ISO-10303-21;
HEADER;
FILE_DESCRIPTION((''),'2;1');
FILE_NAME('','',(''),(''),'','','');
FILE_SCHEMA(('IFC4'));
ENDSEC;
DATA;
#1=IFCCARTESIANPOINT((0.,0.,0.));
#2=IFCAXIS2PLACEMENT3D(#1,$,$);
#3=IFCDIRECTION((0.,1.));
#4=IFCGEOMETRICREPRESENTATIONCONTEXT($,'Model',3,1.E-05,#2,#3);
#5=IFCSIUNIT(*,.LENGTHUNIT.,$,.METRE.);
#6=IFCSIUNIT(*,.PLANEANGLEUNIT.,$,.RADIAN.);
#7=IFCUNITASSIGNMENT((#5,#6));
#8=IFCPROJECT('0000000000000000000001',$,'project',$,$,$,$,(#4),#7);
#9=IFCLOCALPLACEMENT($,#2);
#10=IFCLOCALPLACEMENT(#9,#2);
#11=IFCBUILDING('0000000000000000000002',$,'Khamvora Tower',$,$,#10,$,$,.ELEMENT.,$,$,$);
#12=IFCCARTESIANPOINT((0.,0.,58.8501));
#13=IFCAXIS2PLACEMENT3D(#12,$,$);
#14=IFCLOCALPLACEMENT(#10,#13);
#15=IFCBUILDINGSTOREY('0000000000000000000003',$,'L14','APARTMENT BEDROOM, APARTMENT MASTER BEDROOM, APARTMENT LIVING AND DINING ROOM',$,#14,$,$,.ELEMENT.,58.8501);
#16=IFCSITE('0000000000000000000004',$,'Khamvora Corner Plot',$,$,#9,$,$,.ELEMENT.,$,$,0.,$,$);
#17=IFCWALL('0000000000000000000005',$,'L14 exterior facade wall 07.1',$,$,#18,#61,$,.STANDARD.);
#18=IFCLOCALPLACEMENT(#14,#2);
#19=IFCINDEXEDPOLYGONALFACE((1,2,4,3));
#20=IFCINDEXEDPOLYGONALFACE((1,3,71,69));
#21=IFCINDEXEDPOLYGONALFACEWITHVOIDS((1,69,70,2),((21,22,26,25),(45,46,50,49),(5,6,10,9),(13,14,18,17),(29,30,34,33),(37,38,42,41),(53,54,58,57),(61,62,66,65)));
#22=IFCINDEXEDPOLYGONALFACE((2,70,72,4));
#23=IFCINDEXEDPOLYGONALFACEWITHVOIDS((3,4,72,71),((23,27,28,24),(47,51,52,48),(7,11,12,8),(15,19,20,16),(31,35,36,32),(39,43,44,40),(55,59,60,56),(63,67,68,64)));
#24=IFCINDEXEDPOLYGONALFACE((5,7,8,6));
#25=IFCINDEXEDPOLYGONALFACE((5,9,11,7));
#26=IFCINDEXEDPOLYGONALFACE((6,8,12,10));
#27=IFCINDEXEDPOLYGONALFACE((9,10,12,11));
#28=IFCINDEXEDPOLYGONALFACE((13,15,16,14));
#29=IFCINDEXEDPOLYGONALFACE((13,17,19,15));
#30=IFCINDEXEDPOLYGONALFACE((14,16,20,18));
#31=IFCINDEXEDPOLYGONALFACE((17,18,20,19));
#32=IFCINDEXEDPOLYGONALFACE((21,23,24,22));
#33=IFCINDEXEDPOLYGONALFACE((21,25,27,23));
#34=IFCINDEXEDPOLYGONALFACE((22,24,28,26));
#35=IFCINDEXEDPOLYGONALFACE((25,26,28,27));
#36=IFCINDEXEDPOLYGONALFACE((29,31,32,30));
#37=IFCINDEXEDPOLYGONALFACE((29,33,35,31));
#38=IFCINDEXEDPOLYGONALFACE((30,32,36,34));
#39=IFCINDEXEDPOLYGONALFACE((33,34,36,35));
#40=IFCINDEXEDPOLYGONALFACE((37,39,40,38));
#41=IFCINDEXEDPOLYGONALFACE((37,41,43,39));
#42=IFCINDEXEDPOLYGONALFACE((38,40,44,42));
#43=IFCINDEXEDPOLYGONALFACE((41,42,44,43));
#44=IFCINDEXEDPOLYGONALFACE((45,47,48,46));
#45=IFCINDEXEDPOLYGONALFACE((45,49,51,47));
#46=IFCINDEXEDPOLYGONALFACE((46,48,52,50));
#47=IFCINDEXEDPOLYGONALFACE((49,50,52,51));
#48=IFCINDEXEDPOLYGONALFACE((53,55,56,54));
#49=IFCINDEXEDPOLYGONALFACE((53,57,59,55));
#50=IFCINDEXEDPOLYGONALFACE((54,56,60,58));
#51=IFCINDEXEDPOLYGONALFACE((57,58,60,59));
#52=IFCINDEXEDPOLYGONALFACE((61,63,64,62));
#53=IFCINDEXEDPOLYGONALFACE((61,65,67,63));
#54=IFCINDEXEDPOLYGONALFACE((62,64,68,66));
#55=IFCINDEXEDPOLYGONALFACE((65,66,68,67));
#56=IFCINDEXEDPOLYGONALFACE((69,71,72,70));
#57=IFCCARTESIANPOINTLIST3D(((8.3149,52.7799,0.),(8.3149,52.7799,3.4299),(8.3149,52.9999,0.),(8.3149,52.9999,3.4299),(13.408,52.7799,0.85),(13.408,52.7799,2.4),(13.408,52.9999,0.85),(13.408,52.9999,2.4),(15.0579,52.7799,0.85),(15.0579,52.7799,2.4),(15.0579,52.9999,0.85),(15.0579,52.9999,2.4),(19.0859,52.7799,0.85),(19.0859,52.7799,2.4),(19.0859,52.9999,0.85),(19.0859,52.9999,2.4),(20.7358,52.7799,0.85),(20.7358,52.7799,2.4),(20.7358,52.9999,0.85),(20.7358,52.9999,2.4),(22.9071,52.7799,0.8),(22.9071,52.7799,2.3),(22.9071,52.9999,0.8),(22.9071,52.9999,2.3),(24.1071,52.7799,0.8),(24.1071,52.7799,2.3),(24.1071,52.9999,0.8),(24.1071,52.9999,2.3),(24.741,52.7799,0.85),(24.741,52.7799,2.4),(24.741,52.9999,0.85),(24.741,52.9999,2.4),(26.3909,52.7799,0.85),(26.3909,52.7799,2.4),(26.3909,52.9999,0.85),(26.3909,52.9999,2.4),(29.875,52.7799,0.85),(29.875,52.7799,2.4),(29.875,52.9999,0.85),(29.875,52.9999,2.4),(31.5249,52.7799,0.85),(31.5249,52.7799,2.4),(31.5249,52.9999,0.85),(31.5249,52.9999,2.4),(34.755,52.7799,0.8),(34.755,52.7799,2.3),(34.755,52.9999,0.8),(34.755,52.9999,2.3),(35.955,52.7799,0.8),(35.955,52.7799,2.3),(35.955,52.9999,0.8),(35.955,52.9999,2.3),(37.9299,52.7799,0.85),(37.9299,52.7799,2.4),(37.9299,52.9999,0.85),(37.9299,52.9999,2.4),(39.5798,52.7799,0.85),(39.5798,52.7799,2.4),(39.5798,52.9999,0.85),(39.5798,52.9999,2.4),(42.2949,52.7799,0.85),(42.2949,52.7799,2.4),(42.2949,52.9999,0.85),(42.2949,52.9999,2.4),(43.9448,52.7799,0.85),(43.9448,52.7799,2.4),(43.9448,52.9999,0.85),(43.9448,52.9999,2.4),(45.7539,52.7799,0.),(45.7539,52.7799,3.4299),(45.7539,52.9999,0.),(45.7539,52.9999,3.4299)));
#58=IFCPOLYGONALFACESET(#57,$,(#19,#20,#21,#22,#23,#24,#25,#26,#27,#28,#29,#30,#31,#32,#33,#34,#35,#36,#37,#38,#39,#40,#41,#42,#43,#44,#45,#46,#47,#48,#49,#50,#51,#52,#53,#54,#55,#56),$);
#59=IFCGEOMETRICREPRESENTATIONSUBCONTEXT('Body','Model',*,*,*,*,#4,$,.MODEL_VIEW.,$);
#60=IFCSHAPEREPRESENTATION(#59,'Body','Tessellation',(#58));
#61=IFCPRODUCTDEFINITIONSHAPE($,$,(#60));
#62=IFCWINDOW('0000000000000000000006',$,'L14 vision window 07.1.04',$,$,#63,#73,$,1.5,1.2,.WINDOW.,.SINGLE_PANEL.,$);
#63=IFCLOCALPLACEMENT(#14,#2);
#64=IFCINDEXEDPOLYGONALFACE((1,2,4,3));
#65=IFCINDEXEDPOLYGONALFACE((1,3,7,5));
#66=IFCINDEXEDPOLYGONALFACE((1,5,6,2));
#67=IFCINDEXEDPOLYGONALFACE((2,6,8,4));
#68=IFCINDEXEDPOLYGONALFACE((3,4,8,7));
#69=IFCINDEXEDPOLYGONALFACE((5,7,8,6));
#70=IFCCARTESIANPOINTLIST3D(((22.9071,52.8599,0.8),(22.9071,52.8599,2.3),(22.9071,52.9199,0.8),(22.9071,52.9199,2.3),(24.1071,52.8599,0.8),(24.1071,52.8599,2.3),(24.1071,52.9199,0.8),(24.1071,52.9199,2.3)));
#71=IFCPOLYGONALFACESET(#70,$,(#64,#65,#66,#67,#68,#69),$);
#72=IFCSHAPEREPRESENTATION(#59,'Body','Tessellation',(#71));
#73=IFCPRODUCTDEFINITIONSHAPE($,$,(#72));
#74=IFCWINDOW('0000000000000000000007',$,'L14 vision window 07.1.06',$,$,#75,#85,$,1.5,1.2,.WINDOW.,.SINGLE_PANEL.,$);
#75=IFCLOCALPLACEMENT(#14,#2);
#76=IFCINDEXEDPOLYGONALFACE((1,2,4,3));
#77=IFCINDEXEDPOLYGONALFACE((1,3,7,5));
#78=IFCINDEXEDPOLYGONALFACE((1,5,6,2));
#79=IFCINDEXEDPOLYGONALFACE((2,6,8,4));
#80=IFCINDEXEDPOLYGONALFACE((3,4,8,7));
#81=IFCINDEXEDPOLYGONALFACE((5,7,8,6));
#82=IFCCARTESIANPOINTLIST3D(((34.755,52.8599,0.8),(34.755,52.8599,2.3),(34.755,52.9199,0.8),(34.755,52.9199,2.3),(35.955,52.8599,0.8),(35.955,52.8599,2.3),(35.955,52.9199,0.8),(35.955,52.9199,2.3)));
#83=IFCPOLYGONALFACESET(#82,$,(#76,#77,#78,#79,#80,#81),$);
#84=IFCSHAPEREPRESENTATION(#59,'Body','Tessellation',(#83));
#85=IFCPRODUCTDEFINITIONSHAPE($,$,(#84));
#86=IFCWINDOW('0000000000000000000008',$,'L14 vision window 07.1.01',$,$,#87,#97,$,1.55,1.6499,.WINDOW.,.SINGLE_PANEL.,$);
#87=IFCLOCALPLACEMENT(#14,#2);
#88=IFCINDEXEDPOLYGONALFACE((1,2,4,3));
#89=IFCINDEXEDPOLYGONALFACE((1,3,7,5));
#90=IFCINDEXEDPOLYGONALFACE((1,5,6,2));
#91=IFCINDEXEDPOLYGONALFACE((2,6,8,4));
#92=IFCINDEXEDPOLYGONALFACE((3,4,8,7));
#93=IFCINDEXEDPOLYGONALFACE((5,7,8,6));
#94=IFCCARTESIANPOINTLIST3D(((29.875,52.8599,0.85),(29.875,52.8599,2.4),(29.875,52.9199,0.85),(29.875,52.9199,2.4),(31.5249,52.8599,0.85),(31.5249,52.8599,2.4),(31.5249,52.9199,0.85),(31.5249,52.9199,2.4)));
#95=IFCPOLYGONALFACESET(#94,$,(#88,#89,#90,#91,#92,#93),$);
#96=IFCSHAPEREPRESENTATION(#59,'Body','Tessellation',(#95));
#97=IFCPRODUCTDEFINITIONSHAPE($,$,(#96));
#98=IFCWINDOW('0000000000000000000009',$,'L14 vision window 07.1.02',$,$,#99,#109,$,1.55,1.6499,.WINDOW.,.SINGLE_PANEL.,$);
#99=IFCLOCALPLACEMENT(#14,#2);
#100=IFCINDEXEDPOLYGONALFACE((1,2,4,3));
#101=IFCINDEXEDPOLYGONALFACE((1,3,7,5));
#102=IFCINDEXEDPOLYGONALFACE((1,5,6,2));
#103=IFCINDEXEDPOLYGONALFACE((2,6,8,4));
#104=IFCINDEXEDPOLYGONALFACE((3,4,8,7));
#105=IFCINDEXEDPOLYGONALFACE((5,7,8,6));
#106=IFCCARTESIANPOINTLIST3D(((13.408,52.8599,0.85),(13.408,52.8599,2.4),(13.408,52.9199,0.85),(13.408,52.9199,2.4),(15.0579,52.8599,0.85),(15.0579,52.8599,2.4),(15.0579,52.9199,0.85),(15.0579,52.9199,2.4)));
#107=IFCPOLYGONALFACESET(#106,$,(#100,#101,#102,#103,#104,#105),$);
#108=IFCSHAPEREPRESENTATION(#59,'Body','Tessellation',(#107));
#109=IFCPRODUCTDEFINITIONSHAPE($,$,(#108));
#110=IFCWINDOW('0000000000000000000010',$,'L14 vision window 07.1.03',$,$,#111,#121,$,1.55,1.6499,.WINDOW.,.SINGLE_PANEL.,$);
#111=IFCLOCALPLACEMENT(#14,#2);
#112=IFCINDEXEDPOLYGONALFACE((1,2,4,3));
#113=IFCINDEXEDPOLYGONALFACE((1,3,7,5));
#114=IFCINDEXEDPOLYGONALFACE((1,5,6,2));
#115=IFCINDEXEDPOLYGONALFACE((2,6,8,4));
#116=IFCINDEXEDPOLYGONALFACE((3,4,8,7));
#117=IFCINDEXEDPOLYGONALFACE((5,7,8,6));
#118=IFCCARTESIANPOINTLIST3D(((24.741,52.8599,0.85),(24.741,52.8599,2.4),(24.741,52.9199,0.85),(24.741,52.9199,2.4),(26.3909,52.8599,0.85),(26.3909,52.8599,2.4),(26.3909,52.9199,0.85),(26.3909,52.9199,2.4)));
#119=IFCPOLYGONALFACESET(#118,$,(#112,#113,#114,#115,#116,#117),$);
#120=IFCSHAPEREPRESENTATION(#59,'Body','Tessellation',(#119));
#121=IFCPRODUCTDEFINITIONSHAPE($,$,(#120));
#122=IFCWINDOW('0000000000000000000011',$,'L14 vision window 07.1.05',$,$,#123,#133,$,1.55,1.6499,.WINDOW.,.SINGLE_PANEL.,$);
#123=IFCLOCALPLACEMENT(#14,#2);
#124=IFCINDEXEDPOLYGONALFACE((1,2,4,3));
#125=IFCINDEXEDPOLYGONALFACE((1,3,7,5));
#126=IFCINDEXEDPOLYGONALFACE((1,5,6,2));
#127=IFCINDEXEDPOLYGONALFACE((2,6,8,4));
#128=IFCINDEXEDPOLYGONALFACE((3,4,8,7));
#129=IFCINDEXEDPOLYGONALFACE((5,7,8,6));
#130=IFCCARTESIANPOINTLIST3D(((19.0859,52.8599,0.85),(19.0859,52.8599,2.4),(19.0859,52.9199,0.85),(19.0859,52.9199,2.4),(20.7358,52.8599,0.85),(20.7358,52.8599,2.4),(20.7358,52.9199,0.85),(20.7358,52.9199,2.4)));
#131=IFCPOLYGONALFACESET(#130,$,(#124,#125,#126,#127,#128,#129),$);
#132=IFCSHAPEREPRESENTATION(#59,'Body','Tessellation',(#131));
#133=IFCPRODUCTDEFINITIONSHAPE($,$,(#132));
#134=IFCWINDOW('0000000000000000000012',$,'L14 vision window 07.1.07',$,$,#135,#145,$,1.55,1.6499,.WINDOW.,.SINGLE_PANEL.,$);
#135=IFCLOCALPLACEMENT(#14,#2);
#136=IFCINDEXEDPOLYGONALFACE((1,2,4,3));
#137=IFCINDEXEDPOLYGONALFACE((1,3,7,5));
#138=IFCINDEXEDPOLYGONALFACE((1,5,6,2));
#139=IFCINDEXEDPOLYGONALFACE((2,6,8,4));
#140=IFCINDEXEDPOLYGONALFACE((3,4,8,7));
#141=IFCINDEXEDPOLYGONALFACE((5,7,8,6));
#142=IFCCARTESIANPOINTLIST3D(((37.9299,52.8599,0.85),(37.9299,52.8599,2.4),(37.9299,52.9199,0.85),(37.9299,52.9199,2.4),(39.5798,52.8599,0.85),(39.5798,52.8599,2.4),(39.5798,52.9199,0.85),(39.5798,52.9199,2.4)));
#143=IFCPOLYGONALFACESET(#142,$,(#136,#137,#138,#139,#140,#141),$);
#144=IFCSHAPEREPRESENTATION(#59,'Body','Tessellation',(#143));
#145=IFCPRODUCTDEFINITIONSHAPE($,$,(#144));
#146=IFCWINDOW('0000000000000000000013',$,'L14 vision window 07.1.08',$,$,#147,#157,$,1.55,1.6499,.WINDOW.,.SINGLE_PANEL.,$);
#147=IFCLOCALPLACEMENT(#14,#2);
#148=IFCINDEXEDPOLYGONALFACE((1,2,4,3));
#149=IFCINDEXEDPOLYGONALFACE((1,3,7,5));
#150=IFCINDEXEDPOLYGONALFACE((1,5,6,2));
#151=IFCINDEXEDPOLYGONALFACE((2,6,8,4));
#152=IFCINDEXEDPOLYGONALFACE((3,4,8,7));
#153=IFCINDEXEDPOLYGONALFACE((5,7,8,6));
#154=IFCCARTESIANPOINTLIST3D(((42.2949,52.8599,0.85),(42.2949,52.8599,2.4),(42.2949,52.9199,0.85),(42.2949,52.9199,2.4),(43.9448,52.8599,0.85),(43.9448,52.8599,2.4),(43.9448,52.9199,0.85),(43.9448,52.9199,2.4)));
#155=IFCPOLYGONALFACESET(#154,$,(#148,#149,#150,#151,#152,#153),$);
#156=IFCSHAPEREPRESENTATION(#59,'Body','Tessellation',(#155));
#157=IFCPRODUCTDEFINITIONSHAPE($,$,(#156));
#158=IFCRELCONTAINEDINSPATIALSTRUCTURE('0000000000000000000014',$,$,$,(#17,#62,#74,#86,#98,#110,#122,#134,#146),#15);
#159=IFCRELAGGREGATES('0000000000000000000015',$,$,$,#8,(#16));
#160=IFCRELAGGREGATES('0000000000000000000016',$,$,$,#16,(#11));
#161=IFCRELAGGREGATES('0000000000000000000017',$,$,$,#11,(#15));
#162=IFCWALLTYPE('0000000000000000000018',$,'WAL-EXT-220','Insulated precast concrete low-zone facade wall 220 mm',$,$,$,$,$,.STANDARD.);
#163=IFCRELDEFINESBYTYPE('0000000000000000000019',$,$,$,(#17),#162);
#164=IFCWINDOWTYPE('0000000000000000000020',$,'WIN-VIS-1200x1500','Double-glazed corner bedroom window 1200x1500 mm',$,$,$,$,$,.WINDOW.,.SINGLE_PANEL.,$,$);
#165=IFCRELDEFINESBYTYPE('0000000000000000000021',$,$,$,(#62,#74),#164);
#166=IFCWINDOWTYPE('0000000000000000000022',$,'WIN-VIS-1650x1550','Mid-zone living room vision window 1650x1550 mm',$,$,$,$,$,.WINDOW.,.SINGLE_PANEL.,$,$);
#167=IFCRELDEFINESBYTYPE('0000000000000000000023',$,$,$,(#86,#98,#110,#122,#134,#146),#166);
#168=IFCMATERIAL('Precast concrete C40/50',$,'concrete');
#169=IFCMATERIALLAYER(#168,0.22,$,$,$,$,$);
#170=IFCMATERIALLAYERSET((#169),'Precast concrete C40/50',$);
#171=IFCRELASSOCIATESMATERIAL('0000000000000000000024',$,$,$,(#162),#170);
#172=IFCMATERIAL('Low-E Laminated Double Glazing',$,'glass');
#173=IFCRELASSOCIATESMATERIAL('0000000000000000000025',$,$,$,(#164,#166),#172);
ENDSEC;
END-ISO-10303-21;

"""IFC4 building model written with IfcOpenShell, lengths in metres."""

from ifc_helpers import new_model, si_unit, direction, frame, frame_2d, origin, place, context, subcontext, project, spatial, rectangle, extrude, material, layer, layer_set, type_object, element, fill, save


model = new_model("IFC4")

# Units and contexts
model_context = context("Model", 3, precision=1e-05, world=origin(), true_north=direction((0.0, 1.0)))
body_context = subcontext(model_context, "Body", "Model", "MODEL_VIEW")
ifc_project = project(units=[si_unit("LENGTHUNIT", "METRE"), si_unit("PLANEANGLEUNIT", "RADIAN")], contexts=[model_context])

# Site, building, storey
site_placement = place(None, origin())
site = spatial("IfcSite", under=ifc_project, at=site_placement, Name="Khamvora Corner Plot", CompositionType="ELEMENT", RefElevation=0.0)
building_placement = place(site_placement, origin())
building = spatial("IfcBuilding", under=site, at=building_placement, Name="Khamvora Tower", CompositionType="ELEMENT")
storey_placement = place(building_placement, frame((0.0, 0.0, 58.8501)))
storey = spatial("IfcBuildingStorey", under=building, at=storey_placement, Name="L14", Description="APARTMENT BEDROOM, APARTMENT MASTER BEDROOM, APARTMENT LIVING AND DINING ROOM", CompositionType="ELEMENT", Elevation=58.8501)

# Shared definitions
ifc_material_1 = material(Name="Precast concrete C40/50", Category="concrete")
ifc_layer_1 = layer(ifc_material_1, 0.22)
ifc_layer_set_1 = layer_set([ifc_layer_1], Name="Precast concrete C40/50")
wall_type_1 = type_object("IfcWallType", Name="WAL-EXT-220", Description="Insulated precast concrete low-zone facade wall 220 mm", PredefinedType="STANDARD", material=ifc_layer_set_1)

# Wall, openings, windows
wall_1_placement = place(storey_placement, frame((8.3149, 52.8899, 0.0), z_axis=(0.0, 0.0, 1.0), x_axis=(1.0, 0.0, 0.0)))
wall_1 = element("IfcWall", 1, at=wall_1_placement, inside=storey, type_object=wall_type_1, Name="L14 exterior facade wall 07.1", PredefinedType="STANDARD", context=body_context, shape_type="SweptSolid", body=[
    extrude(rectangle(XDim=37.439, YDim=0.22, at=frame_2d((18.7195, 0.0))), origin(), (0.0, 0.0, 1.0), 3.4299),
])
opening_1_placement = place(wall_1_placement, frame((21.5601, 0.0, 0.8501)))
opening_1 = element("IfcOpeningElement", 2, at=opening_1_placement, cuts=wall_1, PredefinedType="OPENING", context=body_context, shape_type="SweptSolid", body=[
    extrude(rectangle(XDim=1.6499, YDim=1.55, at=frame_2d((0.825, 0.7749))), frame((0.0, 0.1199, 0.0), z_axis=(0.0, -1.0, 0.0), x_axis=(1.0, 0.0, 0.0)), (0.0, 0.0, 1.0), 0.24),
])
opening_2_placement = place(wall_1_placement, frame((5.093, 0.0, 0.8501)))
opening_2 = element("IfcOpeningElement", 3, at=opening_2_placement, cuts=wall_1, PredefinedType="OPENING", context=body_context, shape_type="SweptSolid", body=[
    extrude(rectangle(XDim=1.6499, YDim=1.55, at=frame_2d((0.825, 0.7749))), frame((0.0, 0.1199, 0.0), z_axis=(0.0, -1.0, 0.0), x_axis=(1.0, 0.0, 0.0)), (0.0, 0.0, 1.0), 0.24),
])
opening_3_placement = place(wall_1_placement, frame((16.426, 0.0, 0.8501)))
opening_3 = element("IfcOpeningElement", 4, at=opening_3_placement, cuts=wall_1, PredefinedType="OPENING", context=body_context, shape_type="SweptSolid", body=[
    extrude(rectangle(XDim=1.6499, YDim=1.55, at=frame_2d((0.825, 0.7749))), frame((0.0, 0.1199, 0.0), z_axis=(0.0, -1.0, 0.0), x_axis=(1.0, 0.0, 0.0)), (0.0, 0.0, 1.0), 0.24),
])
opening_4_placement = place(wall_1_placement, frame((14.592, 0.0, 0.8)))
opening_4 = element("IfcOpeningElement", 5, at=opening_4_placement, cuts=wall_1, PredefinedType="OPENING", context=body_context, shape_type="SweptSolid", body=[
    extrude(rectangle(XDim=1.2, YDim=1.5, at=frame_2d((0.6001, 0.75))), frame((0.0, 0.1199, 0.0), z_axis=(0.0, -1.0, 0.0), x_axis=(1.0, 0.0, 0.0)), (0.0, 0.0, 1.0), 0.24),
])
opening_5_placement = place(wall_1_placement, frame((10.771, 0.0, 0.8501)))
opening_5 = element("IfcOpeningElement", 6, at=opening_5_placement, cuts=wall_1, PredefinedType="OPENING", context=body_context, shape_type="SweptSolid", body=[
    extrude(rectangle(XDim=1.6499, YDim=1.55, at=frame_2d((0.825, 0.7749))), frame((0.0, 0.1199, 0.0), z_axis=(0.0, -1.0, 0.0), x_axis=(1.0, 0.0, 0.0)), (0.0, 0.0, 1.0), 0.24),
])
opening_6_placement = place(wall_1_placement, frame((26.4399, 0.0, 0.8)))
opening_6 = element("IfcOpeningElement", 7, at=opening_6_placement, cuts=wall_1, PredefinedType="OPENING", context=body_context, shape_type="SweptSolid", body=[
    extrude(rectangle(XDim=1.2, YDim=1.5, at=frame_2d((0.6001, 0.75))), frame((0.0, 0.1199, 0.0), z_axis=(0.0, -1.0, 0.0), x_axis=(1.0, 0.0, 0.0)), (0.0, 0.0, 1.0), 0.24),
])
opening_7_placement = place(wall_1_placement, frame((29.615, 0.0, 0.8501)))
opening_7 = element("IfcOpeningElement", 8, at=opening_7_placement, cuts=wall_1, PredefinedType="OPENING", context=body_context, shape_type="SweptSolid", body=[
    extrude(rectangle(XDim=1.6499, YDim=1.55, at=frame_2d((0.825, 0.7749))), frame((0.0, 0.1199, 0.0), z_axis=(0.0, -1.0, 0.0), x_axis=(1.0, 0.0, 0.0)), (0.0, 0.0, 1.0), 0.24),
])
opening_8_placement = place(wall_1_placement, frame((33.98, 0.0, 0.8501)))
opening_8 = element("IfcOpeningElement", 9, at=opening_8_placement, cuts=wall_1, PredefinedType="OPENING", context=body_context, shape_type="SweptSolid", body=[
    extrude(rectangle(XDim=1.6499, YDim=1.55, at=frame_2d((0.825, 0.7749))), frame((0.0, 0.1199, 0.0), z_axis=(0.0, -1.0, 0.0), x_axis=(1.0, 0.0, 0.0)), (0.0, 0.0, 1.0), 0.24),
])
ifc_material_2 = material(Name="Low-E Laminated Double Glazing", Category="glass")
window_type_1 = type_object("IfcWindowType", Name="WIN-VIS-1200x1500", Description="Double-glazed corner bedroom window 1200x1500 mm", PartitioningType="SINGLE_PANEL", PredefinedType="WINDOW", material=ifc_material_2)
window_1_placement = place(opening_4_placement, origin())
window_1 = element("IfcWindow", 10, at=window_1_placement, inside=storey, type_object=window_type_1, Name="L14 vision window 07.1.04", OverallHeight=1.5, OverallWidth=1.2, PartitioningType="SINGLE_PANEL", PredefinedType="WINDOW", context=body_context, shape_type="SweptSolid", body=[
    extrude(rectangle(XDim=1.2, YDim=1.5, at=frame_2d((0.6001, 0.75))), frame((0.0, 0.03, 0.0), z_axis=(0.0, -1.0, 0.0), x_axis=(1.0, 0.0, 0.0)), (0.0, 0.0, 1.0), 0.0601),
])
fill(opening_4, window_1)
window_2_placement = place(opening_6_placement, origin())
window_2 = element("IfcWindow", 11, at=window_2_placement, inside=storey, type_object=window_type_1, Name="L14 vision window 07.1.06", OverallHeight=1.5, OverallWidth=1.2, PartitioningType="SINGLE_PANEL", PredefinedType="WINDOW", context=body_context, shape_type="SweptSolid", body=[
    extrude(rectangle(XDim=1.2, YDim=1.5, at=frame_2d((0.6001, 0.75))), frame((0.0, 0.03, 0.0), z_axis=(0.0, -1.0, 0.0), x_axis=(1.0, 0.0, 0.0)), (0.0, 0.0, 1.0), 0.0601),
])
fill(opening_6, window_2)
window_type_2 = type_object("IfcWindowType", Name="WIN-VIS-1650x1550", Description="Mid-zone living room vision window 1650x1550 mm", PartitioningType="SINGLE_PANEL", PredefinedType="WINDOW", material=ifc_material_2)
window_3_placement = place(opening_1_placement, origin())
window_3 = element("IfcWindow", 12, at=window_3_placement, inside=storey, type_object=window_type_2, Name="L14 vision window 07.1.01", OverallHeight=1.55, OverallWidth=1.6499, PartitioningType="SINGLE_PANEL", PredefinedType="WINDOW", context=body_context, shape_type="SweptSolid", body=[
    extrude(rectangle(XDim=1.6499, YDim=1.55, at=frame_2d((0.825, 0.7749))), frame((0.0, 0.03, 0.0), z_axis=(0.0, -1.0, 0.0), x_axis=(1.0, 0.0, 0.0)), (0.0, 0.0, 1.0), 0.0601),
])
fill(opening_1, window_3)
window_4_placement = place(opening_2_placement, origin())
window_4 = element("IfcWindow", 13, at=window_4_placement, inside=storey, type_object=window_type_2, Name="L14 vision window 07.1.02", OverallHeight=1.55, OverallWidth=1.6499, PartitioningType="SINGLE_PANEL", PredefinedType="WINDOW", context=body_context, shape_type="SweptSolid", body=[
    extrude(rectangle(XDim=1.6499, YDim=1.55, at=frame_2d((0.825, 0.7749))), frame((0.0, 0.03, 0.0), z_axis=(0.0, -1.0, 0.0), x_axis=(1.0, 0.0, 0.0)), (0.0, 0.0, 1.0), 0.0601),
])
fill(opening_2, window_4)
window_5_placement = place(opening_3_placement, origin())
window_5 = element("IfcWindow", 14, at=window_5_placement, inside=storey, type_object=window_type_2, Name="L14 vision window 07.1.03", OverallHeight=1.55, OverallWidth=1.6499, PartitioningType="SINGLE_PANEL", PredefinedType="WINDOW", context=body_context, shape_type="SweptSolid", body=[
    extrude(rectangle(XDim=1.6499, YDim=1.55, at=frame_2d((0.825, 0.7749))), frame((0.0, 0.03, 0.0), z_axis=(0.0, -1.0, 0.0), x_axis=(1.0, 0.0, 0.0)), (0.0, 0.0, 1.0), 0.0601),
])
fill(opening_3, window_5)
window_6_placement = place(opening_5_placement, origin())
window_6 = element("IfcWindow", 15, at=window_6_placement, inside=storey, type_object=window_type_2, Name="L14 vision window 07.1.05", OverallHeight=1.55, OverallWidth=1.6499, PartitioningType="SINGLE_PANEL", PredefinedType="WINDOW", context=body_context, shape_type="SweptSolid", body=[
    extrude(rectangle(XDim=1.6499, YDim=1.55, at=frame_2d((0.825, 0.7749))), frame((0.0, 0.03, 0.0), z_axis=(0.0, -1.0, 0.0), x_axis=(1.0, 0.0, 0.0)), (0.0, 0.0, 1.0), 0.0601),
])
fill(opening_5, window_6)
window_7_placement = place(opening_7_placement, origin())
window_7 = element("IfcWindow", 16, at=window_7_placement, inside=storey, type_object=window_type_2, Name="L14 vision window 07.1.07", OverallHeight=1.55, OverallWidth=1.6499, PartitioningType="SINGLE_PANEL", PredefinedType="WINDOW", context=body_context, shape_type="SweptSolid", body=[
    extrude(rectangle(XDim=1.6499, YDim=1.55, at=frame_2d((0.825, 0.7749))), frame((0.0, 0.03, 0.0), z_axis=(0.0, -1.0, 0.0), x_axis=(1.0, 0.0, 0.0)), (0.0, 0.0, 1.0), 0.0601),
])
fill(opening_7, window_7)
window_8_placement = place(opening_8_placement, origin())
window_8 = element("IfcWindow", 17, at=window_8_placement, inside=storey, type_object=window_type_2, Name="L14 vision window 07.1.08", OverallHeight=1.55, OverallWidth=1.6499, PartitioningType="SINGLE_PANEL", PredefinedType="WINDOW", context=body_context, shape_type="SweptSolid", body=[
    extrude(rectangle(XDim=1.6499, YDim=1.55, at=frame_2d((0.825, 0.7749))), frame((0.0, 0.03, 0.0), z_axis=(0.0, -1.0, 0.0), x_axis=(1.0, 0.0, 0.0)), (0.0, 0.0, 1.0), 0.0601),
])
fill(opening_8, window_8)

save(model, "model.ifc")
